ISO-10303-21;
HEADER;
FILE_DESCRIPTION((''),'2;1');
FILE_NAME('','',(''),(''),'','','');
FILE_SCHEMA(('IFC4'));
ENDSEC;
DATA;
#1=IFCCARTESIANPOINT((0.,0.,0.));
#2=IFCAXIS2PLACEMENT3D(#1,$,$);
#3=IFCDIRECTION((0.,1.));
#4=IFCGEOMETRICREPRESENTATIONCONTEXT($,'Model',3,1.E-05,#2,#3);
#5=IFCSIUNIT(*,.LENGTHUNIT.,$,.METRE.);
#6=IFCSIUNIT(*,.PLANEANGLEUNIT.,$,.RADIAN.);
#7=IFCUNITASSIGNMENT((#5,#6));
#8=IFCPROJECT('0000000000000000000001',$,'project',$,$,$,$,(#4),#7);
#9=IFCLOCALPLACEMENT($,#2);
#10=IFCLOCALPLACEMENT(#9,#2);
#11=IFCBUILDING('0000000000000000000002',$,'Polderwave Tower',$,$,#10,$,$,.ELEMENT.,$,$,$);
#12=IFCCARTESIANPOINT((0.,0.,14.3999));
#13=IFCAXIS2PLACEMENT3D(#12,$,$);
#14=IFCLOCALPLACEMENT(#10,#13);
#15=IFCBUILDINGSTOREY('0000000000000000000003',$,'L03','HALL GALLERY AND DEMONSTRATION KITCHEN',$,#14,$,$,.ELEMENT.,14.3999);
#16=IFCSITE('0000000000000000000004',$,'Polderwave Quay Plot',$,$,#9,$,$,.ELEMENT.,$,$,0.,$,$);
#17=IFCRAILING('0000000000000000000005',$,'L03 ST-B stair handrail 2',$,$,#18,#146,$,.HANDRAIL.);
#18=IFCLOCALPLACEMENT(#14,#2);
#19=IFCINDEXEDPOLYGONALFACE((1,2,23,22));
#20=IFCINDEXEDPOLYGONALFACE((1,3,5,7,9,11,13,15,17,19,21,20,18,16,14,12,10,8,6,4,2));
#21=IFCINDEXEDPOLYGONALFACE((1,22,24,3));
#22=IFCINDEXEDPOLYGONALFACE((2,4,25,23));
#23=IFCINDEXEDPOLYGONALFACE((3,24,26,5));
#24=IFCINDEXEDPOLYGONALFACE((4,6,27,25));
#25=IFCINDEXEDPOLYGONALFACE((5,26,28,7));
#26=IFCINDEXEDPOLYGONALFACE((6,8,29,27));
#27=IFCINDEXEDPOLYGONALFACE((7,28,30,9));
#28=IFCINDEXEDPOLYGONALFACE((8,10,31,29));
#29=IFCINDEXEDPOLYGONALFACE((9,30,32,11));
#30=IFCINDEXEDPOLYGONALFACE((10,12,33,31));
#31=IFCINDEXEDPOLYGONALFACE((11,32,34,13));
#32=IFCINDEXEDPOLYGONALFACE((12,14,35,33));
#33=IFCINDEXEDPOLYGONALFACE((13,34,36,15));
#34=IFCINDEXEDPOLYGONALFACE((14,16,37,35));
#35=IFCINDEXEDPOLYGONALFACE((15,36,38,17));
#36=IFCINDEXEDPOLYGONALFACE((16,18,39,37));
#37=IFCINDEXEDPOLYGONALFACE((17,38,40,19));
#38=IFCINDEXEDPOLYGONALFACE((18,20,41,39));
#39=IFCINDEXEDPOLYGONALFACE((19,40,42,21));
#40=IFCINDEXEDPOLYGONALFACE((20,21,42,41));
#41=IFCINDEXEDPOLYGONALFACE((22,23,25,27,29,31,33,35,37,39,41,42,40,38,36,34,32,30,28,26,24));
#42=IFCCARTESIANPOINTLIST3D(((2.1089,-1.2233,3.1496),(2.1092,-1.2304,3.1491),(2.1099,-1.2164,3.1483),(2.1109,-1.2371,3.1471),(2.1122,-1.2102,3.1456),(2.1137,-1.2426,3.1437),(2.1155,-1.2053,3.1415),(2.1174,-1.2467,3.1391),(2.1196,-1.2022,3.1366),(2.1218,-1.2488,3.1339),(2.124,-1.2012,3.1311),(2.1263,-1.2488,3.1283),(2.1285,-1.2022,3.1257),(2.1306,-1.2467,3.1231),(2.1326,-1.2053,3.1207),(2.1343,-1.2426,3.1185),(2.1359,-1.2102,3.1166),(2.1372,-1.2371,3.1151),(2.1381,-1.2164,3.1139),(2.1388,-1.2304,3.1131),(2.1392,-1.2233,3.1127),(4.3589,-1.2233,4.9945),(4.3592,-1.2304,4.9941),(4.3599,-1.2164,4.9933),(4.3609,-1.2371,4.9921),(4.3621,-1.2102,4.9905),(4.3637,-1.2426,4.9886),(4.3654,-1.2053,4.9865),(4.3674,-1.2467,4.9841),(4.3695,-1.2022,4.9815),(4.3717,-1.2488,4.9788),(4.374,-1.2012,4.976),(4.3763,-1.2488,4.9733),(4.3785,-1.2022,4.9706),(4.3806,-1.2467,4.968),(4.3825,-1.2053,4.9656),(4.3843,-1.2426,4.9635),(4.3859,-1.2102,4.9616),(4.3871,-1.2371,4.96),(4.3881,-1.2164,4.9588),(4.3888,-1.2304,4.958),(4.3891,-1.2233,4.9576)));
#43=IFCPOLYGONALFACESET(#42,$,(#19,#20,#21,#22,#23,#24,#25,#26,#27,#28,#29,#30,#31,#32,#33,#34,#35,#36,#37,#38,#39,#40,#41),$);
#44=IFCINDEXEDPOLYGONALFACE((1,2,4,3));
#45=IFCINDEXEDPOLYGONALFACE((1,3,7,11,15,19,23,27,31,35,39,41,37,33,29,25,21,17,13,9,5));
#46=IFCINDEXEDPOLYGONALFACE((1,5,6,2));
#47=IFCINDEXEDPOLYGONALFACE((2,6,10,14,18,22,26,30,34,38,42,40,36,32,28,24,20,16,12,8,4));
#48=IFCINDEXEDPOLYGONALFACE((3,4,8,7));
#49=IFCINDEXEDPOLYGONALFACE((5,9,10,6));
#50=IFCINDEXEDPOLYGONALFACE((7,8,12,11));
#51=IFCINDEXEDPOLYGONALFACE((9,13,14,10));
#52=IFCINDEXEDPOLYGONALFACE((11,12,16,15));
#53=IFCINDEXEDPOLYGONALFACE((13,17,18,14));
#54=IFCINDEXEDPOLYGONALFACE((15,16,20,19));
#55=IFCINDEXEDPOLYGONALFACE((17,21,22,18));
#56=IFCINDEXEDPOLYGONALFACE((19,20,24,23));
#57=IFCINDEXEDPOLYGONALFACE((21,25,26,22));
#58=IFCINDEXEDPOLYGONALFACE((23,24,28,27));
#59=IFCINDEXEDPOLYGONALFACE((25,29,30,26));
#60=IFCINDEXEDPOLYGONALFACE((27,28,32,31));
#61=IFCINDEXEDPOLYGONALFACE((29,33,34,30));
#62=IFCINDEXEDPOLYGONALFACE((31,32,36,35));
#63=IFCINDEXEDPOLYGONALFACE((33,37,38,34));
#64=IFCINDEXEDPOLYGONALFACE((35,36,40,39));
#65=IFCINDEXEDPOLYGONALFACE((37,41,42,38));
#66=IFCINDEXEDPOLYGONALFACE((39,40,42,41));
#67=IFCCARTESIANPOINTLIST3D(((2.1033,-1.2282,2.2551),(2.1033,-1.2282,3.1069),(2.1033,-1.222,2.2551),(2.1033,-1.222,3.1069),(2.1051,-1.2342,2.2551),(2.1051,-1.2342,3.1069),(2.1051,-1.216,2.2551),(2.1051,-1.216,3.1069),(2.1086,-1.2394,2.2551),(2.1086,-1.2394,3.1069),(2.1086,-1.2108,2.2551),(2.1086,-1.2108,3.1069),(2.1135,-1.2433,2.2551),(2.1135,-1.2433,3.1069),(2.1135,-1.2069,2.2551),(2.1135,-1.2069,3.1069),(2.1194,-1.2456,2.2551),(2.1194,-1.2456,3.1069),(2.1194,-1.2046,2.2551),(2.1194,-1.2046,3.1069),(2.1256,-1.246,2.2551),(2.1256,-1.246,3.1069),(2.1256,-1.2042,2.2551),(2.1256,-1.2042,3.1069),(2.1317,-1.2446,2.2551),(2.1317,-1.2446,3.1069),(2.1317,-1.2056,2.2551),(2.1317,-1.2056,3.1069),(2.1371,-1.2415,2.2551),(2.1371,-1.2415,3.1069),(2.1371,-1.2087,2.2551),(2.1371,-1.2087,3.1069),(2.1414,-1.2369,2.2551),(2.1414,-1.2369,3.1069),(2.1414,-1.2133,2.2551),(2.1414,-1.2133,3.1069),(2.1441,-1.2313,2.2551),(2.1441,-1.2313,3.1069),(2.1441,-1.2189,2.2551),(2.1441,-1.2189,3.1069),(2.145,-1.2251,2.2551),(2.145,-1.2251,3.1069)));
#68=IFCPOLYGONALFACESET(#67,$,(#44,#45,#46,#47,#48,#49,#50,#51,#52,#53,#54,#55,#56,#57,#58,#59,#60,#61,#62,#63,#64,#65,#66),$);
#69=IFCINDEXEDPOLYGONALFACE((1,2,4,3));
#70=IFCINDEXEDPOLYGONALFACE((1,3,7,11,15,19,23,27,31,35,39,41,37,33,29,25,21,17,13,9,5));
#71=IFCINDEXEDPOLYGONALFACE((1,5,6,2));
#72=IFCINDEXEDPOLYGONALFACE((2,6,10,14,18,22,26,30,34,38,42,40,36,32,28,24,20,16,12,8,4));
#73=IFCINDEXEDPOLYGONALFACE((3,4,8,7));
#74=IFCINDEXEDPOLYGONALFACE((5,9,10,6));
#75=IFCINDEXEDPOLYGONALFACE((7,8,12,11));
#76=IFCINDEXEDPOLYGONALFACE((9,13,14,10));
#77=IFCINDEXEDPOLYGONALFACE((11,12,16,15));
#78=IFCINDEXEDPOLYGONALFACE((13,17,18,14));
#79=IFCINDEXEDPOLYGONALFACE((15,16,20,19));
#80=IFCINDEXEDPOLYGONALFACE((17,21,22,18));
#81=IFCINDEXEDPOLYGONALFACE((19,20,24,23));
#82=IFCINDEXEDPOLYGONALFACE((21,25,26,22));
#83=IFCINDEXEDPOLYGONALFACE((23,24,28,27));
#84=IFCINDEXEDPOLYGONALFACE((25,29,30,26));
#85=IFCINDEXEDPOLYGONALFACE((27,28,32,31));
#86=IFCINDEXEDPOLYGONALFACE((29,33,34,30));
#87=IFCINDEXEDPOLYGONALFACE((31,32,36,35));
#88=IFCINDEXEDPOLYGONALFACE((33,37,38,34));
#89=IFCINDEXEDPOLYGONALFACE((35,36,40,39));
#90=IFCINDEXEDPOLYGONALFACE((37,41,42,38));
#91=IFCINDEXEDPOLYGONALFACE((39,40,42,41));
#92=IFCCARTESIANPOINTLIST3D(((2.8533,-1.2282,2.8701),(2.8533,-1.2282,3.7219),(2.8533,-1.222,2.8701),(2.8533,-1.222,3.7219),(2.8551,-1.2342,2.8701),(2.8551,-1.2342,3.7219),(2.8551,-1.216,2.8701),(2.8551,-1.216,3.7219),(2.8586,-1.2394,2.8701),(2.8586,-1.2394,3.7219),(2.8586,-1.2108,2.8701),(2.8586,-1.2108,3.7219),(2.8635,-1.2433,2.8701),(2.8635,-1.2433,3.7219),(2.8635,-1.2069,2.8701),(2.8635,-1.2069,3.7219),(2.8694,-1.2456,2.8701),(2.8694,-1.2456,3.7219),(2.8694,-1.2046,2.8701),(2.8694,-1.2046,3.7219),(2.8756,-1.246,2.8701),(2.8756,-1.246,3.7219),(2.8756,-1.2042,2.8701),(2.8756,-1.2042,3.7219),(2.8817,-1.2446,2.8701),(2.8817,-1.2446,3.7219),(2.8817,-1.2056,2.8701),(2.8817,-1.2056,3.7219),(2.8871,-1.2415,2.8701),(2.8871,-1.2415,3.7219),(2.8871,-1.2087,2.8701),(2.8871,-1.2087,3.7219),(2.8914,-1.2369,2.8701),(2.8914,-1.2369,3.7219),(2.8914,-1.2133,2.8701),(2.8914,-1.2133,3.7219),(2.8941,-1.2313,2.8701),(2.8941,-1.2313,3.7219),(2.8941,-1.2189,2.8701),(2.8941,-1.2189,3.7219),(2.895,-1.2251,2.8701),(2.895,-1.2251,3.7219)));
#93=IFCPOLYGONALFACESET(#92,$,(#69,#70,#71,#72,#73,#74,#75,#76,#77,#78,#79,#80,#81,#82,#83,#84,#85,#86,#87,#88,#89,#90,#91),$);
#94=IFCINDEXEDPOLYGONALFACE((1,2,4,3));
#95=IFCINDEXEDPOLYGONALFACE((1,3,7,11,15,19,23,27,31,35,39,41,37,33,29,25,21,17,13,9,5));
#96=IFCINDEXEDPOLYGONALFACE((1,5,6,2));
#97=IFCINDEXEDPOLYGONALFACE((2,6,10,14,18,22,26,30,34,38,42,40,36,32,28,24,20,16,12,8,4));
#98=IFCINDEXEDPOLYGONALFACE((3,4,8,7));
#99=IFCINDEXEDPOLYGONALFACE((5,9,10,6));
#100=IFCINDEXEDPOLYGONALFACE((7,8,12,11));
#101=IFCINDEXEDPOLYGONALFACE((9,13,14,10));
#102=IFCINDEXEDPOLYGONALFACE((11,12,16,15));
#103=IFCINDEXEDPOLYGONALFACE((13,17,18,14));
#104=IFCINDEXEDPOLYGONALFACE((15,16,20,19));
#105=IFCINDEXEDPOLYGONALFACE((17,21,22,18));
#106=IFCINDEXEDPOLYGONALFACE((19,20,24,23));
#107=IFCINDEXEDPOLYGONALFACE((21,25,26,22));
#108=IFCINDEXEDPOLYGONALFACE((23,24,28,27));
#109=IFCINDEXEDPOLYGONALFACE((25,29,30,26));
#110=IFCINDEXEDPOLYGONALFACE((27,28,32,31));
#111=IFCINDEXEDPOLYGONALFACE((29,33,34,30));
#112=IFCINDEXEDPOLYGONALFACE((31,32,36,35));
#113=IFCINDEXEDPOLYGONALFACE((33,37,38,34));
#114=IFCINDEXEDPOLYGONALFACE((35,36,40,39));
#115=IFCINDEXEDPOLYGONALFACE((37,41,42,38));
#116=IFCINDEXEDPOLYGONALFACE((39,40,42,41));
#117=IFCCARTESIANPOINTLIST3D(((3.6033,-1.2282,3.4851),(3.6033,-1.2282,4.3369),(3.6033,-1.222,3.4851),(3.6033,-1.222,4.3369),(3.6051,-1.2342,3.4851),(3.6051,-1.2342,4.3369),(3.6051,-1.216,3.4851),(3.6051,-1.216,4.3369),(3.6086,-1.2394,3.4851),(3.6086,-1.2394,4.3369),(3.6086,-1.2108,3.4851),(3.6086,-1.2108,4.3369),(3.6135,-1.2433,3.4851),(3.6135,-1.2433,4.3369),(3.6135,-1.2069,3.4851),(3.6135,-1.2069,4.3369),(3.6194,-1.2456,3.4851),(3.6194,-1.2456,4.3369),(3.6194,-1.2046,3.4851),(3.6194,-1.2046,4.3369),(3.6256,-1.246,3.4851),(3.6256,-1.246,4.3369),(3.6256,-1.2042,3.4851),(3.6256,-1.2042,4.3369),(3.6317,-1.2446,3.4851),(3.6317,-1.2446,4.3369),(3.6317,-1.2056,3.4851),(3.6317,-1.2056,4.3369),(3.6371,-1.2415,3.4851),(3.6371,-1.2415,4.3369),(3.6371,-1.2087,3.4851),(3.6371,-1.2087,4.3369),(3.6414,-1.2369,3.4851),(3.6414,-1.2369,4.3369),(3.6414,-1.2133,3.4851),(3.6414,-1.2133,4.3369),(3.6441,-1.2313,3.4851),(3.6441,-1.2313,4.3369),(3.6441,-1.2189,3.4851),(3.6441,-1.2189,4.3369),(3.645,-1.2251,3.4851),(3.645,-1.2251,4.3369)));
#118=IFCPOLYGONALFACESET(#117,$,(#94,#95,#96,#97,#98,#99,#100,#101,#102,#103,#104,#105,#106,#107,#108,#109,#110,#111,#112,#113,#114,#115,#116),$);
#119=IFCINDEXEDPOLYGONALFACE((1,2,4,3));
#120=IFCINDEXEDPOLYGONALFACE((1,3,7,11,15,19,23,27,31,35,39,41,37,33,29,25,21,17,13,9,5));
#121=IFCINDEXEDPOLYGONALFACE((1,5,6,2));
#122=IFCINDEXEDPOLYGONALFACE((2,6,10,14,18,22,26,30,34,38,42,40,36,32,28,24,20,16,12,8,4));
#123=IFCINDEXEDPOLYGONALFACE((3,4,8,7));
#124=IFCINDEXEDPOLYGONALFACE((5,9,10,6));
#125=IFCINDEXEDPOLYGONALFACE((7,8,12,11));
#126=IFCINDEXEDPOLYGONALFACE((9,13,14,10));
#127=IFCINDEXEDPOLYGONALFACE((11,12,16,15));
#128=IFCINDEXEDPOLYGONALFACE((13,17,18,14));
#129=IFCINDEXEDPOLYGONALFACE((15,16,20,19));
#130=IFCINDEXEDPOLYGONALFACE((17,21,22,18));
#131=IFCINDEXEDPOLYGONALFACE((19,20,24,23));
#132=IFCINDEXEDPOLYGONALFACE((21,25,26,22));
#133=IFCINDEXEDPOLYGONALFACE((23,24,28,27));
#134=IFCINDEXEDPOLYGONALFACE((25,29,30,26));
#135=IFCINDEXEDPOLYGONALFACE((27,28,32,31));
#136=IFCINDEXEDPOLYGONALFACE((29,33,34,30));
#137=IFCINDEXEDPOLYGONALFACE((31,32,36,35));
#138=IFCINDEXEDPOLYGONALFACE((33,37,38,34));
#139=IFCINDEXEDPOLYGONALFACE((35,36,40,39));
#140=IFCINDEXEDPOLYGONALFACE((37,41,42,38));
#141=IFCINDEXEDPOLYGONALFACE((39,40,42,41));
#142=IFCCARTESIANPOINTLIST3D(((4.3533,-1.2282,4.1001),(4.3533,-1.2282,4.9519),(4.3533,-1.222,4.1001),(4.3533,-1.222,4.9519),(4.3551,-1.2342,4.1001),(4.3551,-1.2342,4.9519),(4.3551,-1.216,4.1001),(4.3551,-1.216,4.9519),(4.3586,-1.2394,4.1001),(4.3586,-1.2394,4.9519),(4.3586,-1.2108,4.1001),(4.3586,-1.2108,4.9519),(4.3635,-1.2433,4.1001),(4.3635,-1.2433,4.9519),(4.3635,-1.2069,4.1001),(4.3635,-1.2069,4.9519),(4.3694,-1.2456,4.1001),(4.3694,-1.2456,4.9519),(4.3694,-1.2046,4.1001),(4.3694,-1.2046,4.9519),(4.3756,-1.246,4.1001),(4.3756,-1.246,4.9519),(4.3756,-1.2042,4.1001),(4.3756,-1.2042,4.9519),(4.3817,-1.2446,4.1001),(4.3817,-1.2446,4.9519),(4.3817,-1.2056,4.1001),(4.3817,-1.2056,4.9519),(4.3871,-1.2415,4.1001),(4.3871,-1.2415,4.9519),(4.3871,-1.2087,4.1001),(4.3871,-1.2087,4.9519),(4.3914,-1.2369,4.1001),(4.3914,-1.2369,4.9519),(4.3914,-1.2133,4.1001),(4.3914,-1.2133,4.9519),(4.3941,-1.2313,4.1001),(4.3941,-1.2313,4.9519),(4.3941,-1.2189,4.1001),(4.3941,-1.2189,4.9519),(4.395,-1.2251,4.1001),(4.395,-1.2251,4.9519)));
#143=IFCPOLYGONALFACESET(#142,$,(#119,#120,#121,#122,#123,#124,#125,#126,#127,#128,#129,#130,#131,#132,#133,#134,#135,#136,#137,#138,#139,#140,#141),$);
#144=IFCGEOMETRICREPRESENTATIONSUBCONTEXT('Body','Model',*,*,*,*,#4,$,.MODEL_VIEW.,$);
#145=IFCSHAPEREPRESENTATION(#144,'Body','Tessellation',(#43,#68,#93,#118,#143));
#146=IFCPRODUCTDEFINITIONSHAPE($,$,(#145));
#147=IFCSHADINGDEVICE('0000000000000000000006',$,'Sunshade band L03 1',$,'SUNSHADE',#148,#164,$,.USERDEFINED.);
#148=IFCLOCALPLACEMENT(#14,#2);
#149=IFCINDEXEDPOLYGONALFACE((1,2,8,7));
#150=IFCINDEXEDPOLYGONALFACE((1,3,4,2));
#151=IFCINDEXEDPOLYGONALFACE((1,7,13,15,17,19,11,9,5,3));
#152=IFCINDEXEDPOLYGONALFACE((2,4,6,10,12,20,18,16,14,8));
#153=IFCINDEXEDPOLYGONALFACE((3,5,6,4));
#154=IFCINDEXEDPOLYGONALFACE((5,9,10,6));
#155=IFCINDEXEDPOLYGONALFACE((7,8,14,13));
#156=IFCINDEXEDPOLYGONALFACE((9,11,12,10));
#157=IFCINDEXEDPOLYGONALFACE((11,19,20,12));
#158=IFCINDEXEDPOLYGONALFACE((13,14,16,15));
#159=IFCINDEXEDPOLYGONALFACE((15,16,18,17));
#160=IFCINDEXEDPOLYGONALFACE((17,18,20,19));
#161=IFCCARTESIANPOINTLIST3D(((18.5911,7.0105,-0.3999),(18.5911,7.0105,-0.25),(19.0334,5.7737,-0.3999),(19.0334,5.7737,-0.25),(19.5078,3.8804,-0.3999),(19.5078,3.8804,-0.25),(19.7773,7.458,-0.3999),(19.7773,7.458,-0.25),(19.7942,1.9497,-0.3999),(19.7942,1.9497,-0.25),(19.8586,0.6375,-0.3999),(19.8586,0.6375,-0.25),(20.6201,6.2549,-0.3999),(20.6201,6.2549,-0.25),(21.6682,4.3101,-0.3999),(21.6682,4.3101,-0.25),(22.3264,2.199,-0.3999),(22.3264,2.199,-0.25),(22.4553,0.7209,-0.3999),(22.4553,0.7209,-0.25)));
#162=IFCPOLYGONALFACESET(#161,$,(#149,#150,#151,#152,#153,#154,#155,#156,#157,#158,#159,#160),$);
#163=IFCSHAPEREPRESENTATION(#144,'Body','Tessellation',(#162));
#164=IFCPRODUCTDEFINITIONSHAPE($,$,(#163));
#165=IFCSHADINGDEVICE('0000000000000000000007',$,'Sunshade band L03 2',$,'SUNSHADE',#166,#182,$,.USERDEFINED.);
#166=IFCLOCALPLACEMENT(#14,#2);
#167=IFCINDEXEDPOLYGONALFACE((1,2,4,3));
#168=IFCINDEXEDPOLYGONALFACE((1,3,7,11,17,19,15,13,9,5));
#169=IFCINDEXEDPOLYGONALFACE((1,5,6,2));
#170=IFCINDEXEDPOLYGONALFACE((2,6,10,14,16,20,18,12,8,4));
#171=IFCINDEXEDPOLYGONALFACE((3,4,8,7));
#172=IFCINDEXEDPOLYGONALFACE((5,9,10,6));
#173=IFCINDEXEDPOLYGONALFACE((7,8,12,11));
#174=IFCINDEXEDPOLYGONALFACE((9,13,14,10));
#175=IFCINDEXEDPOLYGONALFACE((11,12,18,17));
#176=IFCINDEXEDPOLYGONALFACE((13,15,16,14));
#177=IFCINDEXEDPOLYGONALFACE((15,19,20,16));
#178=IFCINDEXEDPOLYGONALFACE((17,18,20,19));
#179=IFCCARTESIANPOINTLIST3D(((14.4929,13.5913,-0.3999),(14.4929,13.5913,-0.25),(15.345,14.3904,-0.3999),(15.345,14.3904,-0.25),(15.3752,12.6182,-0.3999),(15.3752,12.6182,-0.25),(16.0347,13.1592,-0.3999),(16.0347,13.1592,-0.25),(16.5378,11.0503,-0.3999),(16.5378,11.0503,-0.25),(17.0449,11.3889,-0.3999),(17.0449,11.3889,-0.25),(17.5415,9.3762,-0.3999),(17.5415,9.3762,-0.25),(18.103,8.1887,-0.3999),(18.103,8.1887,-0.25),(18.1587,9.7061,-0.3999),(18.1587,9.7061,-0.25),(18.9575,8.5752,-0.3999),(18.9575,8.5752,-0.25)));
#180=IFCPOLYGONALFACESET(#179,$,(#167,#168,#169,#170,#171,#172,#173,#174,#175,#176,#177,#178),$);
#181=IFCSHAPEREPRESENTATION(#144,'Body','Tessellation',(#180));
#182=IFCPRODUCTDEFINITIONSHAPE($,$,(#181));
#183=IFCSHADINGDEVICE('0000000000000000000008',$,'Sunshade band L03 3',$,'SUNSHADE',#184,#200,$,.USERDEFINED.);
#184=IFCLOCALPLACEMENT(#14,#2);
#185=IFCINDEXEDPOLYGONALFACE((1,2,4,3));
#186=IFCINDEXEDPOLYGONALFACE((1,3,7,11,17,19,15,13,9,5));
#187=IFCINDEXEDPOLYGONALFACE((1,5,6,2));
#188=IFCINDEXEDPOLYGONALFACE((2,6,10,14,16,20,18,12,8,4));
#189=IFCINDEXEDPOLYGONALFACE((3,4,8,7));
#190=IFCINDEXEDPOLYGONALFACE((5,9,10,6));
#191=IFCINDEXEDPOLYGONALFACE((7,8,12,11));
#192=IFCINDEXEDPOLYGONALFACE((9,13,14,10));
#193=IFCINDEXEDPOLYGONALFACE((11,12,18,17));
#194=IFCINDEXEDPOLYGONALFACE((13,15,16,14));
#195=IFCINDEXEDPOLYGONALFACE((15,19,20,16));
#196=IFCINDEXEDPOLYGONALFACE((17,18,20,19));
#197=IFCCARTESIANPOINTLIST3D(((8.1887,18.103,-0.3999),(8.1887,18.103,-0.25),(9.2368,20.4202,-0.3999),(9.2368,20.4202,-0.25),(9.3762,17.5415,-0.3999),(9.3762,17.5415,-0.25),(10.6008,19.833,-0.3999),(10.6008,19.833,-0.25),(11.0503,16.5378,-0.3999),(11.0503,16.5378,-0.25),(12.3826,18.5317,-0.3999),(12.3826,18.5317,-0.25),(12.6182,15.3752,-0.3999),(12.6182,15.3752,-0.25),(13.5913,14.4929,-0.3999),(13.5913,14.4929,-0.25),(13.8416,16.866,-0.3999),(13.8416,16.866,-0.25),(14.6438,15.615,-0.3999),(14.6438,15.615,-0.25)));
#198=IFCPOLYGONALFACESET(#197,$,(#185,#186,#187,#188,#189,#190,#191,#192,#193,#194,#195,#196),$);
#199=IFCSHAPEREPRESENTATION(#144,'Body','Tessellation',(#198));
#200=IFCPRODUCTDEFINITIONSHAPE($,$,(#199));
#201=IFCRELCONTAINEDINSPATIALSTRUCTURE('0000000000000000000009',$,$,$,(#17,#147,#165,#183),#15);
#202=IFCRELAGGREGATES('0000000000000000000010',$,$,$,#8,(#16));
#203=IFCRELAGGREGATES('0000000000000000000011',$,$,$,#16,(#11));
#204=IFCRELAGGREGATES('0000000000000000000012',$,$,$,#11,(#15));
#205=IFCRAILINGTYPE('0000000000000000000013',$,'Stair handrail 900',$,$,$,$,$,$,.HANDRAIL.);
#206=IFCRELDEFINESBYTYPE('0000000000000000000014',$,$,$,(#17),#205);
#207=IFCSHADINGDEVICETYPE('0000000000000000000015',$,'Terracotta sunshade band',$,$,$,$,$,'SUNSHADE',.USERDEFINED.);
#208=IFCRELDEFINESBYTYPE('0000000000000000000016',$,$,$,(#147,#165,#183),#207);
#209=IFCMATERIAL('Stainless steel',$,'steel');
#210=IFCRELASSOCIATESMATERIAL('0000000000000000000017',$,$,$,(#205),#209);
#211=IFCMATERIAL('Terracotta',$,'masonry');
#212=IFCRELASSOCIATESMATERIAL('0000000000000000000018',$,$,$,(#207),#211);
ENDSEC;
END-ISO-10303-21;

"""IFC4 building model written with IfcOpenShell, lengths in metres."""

from ifc_helpers import new_model, si_unit, direction, frame, origin, origin_2d, place, context, subcontext, project, spatial, polyline, circle, outline, extrude, material, type_object, element, save


model = new_model("IFC4")

# Units and contexts
model_context = context("Model", 3, precision=1e-05, world=origin(), true_north=direction((0.0, 1.0)))
body_context = subcontext(model_context, "Body", "Model", "MODEL_VIEW")
ifc_project = project(units=[si_unit("LENGTHUNIT", "METRE"), si_unit("PLANEANGLEUNIT", "RADIAN")], contexts=[model_context])

# Site, building, storey
site_placement = place(None, origin())
site = spatial("IfcSite", under=ifc_project, at=site_placement, Name="Polderwave Quay Plot", CompositionType="ELEMENT", RefElevation=0.0)
building_placement = place(site_placement, origin())
building = spatial("IfcBuilding", under=site, at=building_placement, Name="Polderwave Tower", CompositionType="ELEMENT")
storey_placement = place(building_placement, frame((0.0, 0.0, 14.3999)))
storey = spatial("IfcBuildingStorey", under=building, at=storey_placement, Name="L03", Description="HALL GALLERY AND DEMONSTRATION KITCHEN", CompositionType="ELEMENT", Elevation=14.3999)

# Railing
ifc_material_1 = material(Name="Stainless steel", Category="steel")
railing_type_1 = type_object("IfcRailingType", Name="Stair handrail 900", PredefinedType="HANDRAIL", material=ifc_material_1)
railing_1_placement = place(storey_placement, frame((2.124, -1.2251, 2.2551)))
element("IfcRailing", 1, at=railing_1_placement, inside=storey, type_object=railing_type_1, Name="L03 ST-B stair handrail 2", PredefinedType="HANDRAIL", context=body_context, shape_type="SweptSolid", body=[
    extrude(circle(Radius=0.0239, at=origin_2d()), frame((0.0, 0.0, 0.876), z_axis=(0.773273, 0.0, 0.634074), x_axis=(0.0, 1.0, 0.0)), (0.0, 0.0, 1.0), 2.9097),
    extrude(circle(Radius=0.021, at=origin_2d()), origin(), (0.0, 0.0, 1.0), 0.8518),
    extrude(circle(Radius=0.021, at=origin_2d()), frame((0.75, 0.0, 0.615)), (0.0, 0.0, 1.0), 0.8518),
    extrude(circle(Radius=0.021, at=origin_2d()), frame((1.5, 0.0, 1.23)), (0.0, 0.0, 1.0), 0.8518),
    extrude(circle(Radius=0.021, at=origin_2d()), frame((2.25, 0.0, 1.845)), (0.0, 0.0, 1.0), 0.8518),
])

# Shading devices
ifc_material_2 = material(Name="Terracotta", Category="masonry")
shading_device_type = type_object("IfcShadingDeviceType", Name="Terracotta sunshade band", ElementType="SUNSHADE", PredefinedType="USERDEFINED", material=ifc_material_2)
shading_device_1_placement = place(storey_placement, frame((0.0, 0.0, -0.3999)))
element("IfcShadingDevice", 2, at=shading_device_1_placement, inside=storey, type_object=shading_device_type, Name="Sunshade band L03 1", ObjectType="SUNSHADE", PredefinedType="USERDEFINED", context=body_context, shape_type="SweptSolid", body=[
    extrude(outline(polyline([(19.8586, 0.6375), (19.7942, 1.9497), (19.5078, 3.8804), (19.0334, 5.7737), (18.5911, 7.0105), (19.7773, 7.458), (20.6201, 6.2549), (21.6682, 4.3101), (22.3264, 2.199), (22.4553, 0.7209), (19.8586, 0.6375)])), origin(), (0.0, 0.0, 1.0), 0.1499),
])
shading_device_2_placement = place(storey_placement, frame((0.0, 0.0, -0.3999)))
element("IfcShadingDevice", 3, at=shading_device_2_placement, inside=storey, type_object=shading_device_type, Name="Sunshade band L03 2", ObjectType="SUNSHADE", PredefinedType="USERDEFINED", context=body_context, shape_type="SweptSolid", body=[
    extrude(outline(polyline([(18.103, 8.1887), (17.5415, 9.3762), (16.5378, 11.0503), (15.3752, 12.6182), (14.4929, 13.5913), (15.345, 14.3904), (16.0347, 13.1592), (17.0449, 11.3889), (18.1587, 9.7061), (18.9575, 8.5752), (18.103, 8.1887)])), origin(), (0.0, 0.0, 1.0), 0.1499),
])
shading_device_3_placement = place(storey_placement, frame((0.0, 0.0, -0.3999)))
element("IfcShadingDevice", 4, at=shading_device_3_placement, inside=storey, type_object=shading_device_type, Name="Sunshade band L03 3", ObjectType="SUNSHADE", PredefinedType="USERDEFINED", context=body_context, shape_type="SweptSolid", body=[
    extrude(outline(polyline([(13.5913, 14.4929), (12.6182, 15.3752), (11.0503, 16.5378), (9.3762, 17.5415), (8.1887, 18.103), (9.2368, 20.4202), (10.6008, 19.833), (12.3826, 18.5317), (13.8416, 16.866), (14.6438, 15.615), (13.5913, 14.4929)])), origin(), (0.0, 0.0, 1.0), 0.1499),
])

save(model, "model.ifc")
